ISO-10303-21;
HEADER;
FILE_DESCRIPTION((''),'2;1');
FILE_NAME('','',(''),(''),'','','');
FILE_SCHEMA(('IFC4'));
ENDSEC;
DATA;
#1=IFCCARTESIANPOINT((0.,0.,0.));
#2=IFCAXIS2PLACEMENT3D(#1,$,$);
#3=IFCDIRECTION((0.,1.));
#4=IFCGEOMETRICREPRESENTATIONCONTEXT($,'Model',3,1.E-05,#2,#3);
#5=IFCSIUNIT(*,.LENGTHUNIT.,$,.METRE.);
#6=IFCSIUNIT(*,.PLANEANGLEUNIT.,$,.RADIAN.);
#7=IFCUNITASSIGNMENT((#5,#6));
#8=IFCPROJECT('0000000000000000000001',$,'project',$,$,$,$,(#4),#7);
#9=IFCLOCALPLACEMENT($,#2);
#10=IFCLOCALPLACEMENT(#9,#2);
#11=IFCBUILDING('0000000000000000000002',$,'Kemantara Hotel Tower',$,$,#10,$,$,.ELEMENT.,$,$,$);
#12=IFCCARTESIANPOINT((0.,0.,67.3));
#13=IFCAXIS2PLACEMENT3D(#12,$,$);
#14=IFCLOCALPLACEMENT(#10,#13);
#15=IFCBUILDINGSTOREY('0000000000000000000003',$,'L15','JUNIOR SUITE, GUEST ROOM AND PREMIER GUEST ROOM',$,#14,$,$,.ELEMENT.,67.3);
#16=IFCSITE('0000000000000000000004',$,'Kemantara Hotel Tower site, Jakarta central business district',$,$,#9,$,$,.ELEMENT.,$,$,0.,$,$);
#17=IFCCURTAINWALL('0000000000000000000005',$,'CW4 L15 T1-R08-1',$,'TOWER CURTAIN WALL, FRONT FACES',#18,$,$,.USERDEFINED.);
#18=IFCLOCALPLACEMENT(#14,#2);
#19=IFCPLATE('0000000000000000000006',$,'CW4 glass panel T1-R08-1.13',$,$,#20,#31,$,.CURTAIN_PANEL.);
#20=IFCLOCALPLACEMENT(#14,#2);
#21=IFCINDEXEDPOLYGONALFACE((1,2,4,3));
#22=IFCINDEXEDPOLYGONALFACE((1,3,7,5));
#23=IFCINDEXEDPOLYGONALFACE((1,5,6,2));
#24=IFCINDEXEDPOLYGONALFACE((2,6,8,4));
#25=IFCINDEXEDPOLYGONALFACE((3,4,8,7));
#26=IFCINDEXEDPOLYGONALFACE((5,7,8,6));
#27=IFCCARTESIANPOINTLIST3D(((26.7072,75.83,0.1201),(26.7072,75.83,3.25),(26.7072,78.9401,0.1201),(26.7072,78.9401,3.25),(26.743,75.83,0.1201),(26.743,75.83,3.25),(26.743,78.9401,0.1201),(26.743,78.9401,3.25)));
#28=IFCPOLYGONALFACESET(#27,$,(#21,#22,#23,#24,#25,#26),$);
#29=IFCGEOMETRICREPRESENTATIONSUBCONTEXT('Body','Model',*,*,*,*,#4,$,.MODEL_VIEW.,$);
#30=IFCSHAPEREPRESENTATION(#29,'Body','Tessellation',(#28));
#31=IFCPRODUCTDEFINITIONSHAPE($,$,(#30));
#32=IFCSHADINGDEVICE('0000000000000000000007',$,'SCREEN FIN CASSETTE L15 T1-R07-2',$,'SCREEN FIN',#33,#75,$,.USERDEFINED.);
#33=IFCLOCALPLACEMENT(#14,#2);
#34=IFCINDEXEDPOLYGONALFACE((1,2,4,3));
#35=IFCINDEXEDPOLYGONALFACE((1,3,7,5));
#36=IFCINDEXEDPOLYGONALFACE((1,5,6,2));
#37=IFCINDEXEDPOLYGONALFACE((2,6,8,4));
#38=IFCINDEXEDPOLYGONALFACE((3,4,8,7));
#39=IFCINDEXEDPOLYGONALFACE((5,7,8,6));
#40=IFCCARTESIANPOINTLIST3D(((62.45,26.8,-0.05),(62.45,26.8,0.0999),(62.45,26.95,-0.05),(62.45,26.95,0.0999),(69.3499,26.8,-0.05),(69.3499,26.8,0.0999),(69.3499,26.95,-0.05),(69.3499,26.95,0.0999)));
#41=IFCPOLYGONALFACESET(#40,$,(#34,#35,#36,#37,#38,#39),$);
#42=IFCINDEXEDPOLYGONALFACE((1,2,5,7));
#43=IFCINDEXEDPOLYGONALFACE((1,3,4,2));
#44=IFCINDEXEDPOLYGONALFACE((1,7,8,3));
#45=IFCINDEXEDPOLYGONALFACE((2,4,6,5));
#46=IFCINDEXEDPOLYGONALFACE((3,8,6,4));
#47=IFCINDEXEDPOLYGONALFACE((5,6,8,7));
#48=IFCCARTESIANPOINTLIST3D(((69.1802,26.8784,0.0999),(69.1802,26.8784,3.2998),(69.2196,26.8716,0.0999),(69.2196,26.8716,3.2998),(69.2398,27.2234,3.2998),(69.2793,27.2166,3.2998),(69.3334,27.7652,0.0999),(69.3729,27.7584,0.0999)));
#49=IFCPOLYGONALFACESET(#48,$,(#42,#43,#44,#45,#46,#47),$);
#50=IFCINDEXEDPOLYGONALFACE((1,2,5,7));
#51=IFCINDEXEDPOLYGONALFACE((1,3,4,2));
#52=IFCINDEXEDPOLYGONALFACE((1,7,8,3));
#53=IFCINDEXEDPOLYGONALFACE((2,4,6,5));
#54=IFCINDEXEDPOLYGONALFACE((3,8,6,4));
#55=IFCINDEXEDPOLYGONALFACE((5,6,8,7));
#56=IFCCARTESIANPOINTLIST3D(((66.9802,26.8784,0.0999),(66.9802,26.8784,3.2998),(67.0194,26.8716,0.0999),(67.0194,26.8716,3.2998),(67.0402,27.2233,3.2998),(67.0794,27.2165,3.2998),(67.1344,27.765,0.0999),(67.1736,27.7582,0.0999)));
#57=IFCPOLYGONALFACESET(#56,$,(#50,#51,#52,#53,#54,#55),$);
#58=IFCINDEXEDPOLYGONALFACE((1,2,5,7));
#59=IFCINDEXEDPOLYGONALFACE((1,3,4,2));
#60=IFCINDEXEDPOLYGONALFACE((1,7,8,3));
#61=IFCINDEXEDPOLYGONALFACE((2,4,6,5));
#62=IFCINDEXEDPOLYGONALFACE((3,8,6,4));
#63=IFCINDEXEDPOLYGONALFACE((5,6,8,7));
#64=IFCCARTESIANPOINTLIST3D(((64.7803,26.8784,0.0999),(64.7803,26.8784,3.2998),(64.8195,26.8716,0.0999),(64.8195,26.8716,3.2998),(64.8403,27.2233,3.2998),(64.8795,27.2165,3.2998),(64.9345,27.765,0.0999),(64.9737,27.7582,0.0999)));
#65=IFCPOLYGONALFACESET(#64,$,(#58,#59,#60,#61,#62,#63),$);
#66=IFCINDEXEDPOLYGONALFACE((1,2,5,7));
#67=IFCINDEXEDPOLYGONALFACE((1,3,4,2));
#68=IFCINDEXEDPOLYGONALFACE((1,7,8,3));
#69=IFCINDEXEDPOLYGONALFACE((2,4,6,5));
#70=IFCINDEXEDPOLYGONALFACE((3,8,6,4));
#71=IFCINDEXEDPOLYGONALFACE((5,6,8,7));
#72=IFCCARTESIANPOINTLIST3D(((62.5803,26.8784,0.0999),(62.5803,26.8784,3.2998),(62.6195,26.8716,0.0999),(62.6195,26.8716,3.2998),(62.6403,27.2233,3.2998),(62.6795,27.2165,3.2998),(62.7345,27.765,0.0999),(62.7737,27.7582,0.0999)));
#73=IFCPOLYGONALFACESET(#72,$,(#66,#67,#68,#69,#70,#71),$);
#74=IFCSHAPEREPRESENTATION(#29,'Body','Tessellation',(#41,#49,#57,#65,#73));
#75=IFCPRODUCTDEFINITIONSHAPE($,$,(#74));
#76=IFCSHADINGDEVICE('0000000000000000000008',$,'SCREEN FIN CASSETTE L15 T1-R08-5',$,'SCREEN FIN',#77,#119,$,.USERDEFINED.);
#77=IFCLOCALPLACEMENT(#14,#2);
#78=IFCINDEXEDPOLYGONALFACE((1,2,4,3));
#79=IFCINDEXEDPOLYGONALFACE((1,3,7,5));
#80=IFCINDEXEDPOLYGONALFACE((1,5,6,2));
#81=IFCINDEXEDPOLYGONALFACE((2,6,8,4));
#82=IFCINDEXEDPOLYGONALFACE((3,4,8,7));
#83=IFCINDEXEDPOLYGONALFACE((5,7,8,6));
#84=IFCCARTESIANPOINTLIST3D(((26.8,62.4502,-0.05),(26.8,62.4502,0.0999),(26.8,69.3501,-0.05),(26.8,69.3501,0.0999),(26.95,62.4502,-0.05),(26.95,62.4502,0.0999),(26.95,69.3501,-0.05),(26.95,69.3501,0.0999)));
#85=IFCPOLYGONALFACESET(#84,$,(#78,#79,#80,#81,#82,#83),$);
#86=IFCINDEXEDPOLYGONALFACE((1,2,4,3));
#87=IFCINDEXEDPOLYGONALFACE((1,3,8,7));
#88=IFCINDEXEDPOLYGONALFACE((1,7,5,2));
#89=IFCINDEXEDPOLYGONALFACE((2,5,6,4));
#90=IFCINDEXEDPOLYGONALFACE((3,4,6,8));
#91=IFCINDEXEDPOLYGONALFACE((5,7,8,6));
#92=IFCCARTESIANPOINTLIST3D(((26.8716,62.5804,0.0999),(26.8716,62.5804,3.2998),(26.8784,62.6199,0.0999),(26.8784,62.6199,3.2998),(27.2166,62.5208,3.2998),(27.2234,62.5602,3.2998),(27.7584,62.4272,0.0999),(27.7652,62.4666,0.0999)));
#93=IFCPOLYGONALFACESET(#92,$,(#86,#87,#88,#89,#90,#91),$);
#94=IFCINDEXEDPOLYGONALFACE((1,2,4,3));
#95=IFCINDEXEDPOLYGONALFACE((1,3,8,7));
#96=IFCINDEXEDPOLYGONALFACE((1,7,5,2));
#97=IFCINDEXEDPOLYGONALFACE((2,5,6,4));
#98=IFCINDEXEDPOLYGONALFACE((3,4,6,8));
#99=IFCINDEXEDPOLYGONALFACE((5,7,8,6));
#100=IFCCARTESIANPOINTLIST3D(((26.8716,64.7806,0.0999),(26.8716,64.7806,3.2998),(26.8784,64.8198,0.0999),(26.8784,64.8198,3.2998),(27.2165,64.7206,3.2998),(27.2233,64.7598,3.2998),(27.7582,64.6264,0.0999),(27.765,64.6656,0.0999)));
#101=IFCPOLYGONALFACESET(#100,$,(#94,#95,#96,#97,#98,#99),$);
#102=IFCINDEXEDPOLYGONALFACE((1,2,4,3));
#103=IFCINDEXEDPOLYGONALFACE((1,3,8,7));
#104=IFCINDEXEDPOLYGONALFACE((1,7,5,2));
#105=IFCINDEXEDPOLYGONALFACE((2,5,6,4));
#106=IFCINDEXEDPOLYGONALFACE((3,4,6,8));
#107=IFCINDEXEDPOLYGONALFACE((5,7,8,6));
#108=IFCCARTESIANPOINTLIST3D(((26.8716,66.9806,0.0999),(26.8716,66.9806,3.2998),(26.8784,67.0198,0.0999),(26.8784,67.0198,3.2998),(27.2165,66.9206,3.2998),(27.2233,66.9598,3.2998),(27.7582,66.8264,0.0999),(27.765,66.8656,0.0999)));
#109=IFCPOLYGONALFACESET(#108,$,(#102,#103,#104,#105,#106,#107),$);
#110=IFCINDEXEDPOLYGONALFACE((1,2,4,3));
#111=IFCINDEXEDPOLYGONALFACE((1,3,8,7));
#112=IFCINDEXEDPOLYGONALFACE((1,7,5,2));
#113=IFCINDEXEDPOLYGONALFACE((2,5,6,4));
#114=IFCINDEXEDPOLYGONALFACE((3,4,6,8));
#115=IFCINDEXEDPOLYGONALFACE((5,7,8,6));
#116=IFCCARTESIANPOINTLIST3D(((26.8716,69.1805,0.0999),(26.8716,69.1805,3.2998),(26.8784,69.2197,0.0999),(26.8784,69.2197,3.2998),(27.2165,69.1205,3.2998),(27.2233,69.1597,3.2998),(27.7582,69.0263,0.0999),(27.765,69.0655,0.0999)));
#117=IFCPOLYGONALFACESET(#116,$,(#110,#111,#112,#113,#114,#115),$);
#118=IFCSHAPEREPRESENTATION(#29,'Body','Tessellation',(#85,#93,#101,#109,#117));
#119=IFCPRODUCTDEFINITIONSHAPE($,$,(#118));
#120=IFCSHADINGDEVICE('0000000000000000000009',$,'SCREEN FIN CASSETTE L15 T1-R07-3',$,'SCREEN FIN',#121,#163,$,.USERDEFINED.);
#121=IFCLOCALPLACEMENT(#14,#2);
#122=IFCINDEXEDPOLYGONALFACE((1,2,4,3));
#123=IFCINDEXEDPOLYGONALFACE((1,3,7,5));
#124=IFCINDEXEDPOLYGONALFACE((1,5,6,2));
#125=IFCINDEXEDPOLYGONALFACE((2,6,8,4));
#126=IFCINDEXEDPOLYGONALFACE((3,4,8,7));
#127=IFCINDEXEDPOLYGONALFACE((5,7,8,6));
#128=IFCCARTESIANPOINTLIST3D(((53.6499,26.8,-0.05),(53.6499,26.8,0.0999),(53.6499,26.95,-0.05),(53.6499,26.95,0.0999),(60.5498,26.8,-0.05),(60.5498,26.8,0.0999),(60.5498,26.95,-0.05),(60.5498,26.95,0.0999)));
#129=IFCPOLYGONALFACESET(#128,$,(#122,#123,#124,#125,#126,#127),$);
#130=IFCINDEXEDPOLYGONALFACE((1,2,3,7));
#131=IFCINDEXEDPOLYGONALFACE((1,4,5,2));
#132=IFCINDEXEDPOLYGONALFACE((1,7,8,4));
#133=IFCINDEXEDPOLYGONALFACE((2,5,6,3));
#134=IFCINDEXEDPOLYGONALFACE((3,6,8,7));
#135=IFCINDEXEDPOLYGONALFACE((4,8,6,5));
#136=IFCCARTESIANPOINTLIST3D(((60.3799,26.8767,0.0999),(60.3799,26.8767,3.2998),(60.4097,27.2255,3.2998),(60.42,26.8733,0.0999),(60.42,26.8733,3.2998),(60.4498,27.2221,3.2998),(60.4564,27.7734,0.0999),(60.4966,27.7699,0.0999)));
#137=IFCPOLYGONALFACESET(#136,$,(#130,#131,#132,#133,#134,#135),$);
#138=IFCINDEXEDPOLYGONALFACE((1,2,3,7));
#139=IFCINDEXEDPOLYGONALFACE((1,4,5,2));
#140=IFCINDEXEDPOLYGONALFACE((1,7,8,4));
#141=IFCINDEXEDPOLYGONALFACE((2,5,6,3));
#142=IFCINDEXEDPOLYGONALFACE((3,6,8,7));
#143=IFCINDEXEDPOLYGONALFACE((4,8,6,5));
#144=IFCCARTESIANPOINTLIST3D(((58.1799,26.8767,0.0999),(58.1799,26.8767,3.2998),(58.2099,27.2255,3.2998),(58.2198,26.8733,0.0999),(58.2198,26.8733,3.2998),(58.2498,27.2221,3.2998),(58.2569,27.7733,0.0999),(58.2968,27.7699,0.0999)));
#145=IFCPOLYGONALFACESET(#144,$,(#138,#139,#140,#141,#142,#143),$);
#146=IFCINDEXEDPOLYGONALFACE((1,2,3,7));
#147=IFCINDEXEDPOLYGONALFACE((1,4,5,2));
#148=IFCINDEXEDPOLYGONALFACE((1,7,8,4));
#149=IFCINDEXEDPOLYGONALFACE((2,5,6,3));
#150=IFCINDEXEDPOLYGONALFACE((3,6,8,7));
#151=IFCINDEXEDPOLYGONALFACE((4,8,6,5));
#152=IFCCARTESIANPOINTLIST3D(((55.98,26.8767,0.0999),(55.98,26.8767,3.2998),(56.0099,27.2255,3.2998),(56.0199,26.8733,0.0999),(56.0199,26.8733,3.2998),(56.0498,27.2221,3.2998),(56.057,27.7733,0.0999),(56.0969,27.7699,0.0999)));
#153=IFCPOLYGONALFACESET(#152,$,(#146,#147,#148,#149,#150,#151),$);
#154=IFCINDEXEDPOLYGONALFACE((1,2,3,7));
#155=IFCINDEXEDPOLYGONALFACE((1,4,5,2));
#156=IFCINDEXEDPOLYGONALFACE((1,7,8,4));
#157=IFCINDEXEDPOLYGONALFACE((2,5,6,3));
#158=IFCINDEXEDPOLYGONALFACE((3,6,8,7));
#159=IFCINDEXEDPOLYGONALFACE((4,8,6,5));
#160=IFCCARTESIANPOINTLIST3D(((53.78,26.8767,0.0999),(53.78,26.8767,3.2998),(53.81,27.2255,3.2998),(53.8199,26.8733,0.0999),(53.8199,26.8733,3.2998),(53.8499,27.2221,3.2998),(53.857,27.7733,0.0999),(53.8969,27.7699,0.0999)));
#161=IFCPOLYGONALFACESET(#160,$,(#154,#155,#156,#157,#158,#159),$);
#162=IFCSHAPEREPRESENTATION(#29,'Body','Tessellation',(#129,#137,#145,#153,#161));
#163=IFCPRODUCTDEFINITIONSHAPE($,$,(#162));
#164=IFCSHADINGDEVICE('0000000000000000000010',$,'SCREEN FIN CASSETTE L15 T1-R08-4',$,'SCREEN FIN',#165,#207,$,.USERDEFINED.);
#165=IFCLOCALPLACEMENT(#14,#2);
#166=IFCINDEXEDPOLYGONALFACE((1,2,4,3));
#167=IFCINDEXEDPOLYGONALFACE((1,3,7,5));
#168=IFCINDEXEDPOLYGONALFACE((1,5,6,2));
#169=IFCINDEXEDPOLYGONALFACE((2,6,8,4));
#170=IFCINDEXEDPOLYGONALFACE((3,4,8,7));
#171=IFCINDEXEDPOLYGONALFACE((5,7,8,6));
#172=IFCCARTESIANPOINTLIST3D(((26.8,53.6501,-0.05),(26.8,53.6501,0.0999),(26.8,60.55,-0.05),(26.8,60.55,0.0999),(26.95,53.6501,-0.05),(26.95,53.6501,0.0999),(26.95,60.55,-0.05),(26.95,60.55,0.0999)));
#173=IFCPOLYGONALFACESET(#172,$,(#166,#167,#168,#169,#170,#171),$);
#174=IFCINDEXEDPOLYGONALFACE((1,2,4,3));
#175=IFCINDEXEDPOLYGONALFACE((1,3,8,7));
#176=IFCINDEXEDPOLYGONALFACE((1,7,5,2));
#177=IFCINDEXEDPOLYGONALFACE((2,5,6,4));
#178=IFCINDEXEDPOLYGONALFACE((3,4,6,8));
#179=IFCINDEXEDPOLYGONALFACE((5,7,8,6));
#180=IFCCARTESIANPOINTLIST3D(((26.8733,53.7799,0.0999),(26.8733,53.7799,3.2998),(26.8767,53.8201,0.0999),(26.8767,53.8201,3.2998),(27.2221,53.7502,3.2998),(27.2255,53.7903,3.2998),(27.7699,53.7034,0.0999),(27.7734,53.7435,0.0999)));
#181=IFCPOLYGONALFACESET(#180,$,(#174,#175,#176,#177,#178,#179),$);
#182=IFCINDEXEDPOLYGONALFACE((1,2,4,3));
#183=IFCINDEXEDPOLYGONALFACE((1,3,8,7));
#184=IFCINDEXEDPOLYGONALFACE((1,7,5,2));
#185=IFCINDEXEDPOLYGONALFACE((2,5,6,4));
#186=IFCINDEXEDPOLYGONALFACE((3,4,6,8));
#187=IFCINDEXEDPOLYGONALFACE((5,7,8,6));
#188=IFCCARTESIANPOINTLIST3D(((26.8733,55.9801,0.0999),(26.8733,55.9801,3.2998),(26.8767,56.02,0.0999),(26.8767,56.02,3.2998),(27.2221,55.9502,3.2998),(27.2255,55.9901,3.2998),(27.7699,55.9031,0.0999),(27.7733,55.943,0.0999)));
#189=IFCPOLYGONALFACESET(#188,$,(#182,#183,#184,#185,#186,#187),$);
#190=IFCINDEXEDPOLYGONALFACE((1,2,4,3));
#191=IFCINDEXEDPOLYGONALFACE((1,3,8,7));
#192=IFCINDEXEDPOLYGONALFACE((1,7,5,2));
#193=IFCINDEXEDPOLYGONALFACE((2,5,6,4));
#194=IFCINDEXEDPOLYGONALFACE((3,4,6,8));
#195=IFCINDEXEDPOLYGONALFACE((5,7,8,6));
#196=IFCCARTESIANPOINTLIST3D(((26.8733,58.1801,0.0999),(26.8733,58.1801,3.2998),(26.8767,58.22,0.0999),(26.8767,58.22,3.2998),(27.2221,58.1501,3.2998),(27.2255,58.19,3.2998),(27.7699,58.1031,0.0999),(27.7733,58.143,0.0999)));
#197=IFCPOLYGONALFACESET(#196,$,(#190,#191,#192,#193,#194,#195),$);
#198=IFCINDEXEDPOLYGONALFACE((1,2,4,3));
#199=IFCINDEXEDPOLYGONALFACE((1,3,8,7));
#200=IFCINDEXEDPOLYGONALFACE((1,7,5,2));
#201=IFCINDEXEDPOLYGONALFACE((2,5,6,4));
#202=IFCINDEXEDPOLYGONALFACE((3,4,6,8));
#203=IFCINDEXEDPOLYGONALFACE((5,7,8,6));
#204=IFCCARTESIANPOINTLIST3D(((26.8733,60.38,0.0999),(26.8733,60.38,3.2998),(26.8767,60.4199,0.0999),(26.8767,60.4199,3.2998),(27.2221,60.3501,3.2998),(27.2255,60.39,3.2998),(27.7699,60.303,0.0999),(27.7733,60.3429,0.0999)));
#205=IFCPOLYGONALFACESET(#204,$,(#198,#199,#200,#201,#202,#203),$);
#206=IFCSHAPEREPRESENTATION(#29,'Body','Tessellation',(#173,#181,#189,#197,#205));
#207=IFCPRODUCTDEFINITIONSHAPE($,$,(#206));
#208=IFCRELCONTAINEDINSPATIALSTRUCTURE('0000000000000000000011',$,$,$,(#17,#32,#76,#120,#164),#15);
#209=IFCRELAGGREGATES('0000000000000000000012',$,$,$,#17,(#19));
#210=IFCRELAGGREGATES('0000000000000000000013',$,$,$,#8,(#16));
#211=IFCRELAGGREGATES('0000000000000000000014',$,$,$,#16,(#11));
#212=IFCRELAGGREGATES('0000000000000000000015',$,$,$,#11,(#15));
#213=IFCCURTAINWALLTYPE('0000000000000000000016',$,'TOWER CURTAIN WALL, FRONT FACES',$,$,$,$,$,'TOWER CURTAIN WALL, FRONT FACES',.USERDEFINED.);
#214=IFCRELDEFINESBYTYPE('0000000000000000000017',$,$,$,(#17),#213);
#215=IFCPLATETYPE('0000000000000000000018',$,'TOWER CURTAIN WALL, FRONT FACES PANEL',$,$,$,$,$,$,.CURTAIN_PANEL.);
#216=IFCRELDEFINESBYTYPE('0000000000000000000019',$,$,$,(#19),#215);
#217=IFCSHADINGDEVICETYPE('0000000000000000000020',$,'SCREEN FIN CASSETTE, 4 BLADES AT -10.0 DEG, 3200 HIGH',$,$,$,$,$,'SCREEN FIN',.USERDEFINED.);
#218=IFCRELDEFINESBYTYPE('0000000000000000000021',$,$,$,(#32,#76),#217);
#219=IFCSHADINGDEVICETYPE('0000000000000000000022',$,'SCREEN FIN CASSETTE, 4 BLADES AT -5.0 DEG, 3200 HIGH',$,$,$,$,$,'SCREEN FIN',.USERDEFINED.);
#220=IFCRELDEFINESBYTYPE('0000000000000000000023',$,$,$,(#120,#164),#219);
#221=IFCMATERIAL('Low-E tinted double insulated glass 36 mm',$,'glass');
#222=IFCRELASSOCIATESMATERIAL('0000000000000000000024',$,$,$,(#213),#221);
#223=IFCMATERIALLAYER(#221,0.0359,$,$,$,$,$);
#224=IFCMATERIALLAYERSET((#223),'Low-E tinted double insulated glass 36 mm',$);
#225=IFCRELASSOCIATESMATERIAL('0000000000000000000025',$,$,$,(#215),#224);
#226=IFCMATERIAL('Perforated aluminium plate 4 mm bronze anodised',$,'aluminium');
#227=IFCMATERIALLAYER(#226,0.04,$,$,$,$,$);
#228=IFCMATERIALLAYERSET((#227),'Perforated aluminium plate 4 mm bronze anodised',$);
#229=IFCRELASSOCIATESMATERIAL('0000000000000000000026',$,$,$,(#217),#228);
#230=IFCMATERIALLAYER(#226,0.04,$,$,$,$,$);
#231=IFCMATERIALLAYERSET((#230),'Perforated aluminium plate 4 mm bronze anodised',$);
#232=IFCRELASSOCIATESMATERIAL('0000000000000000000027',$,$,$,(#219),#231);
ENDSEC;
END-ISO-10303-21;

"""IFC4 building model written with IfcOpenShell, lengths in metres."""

from ifc_helpers import new_model, si_unit, direction, frame, origin, origin_2d, place, context, subcontext, project, spatial, polyline, rectangle, outline, extrude, source, transform, mapped, material, layer, layer_set, type_object, element, aggregate, save


model = new_model("IFC4")

# Units and contexts
model_context = context("Model", 3, precision=1e-05, world=origin(), true_north=direction((0.0, 1.0)))
body_context = subcontext(model_context, "Body", "Model", "MODEL_VIEW")
ifc_project = project(units=[si_unit("LENGTHUNIT", "METRE"), si_unit("PLANEANGLEUNIT", "RADIAN")], contexts=[model_context])

# Site, building, storey
site_placement = place(None, origin())
site = spatial("IfcSite", under=ifc_project, at=site_placement, Name="Kemantara Hotel Tower site, Jakarta central business district", CompositionType="ELEMENT", RefElevation=0.0)
building_placement = place(site_placement, origin())
building = spatial("IfcBuilding", under=site, at=building_placement, Name="Kemantara Hotel Tower", CompositionType="ELEMENT")
storey_placement = place(building_placement, frame((0.0, 0.0, 67.3)))
storey = spatial("IfcBuildingStorey", under=building, at=storey_placement, Name="L15", Description="JUNIOR SUITE, GUEST ROOM AND PREMIER GUEST ROOM", CompositionType="ELEMENT", Elevation=67.3)

# Curtain wall
ifc_material_1 = material(Name="Low-E tinted double insulated glass 36 mm", Category="glass")
curtain_wall_type = type_object("IfcCurtainWallType", Name="TOWER CURTAIN WALL, FRONT FACES", ElementType="TOWER CURTAIN WALL, FRONT FACES", PredefinedType="USERDEFINED", material=ifc_material_1)
curtain_wall_1_placement = place(storey_placement, origin())
curtain_wall_1 = element("IfcCurtainWall", 1, at=curtain_wall_1_placement, inside=storey, type_object=curtain_wall_type, Name="CW4 L15 T1-R08-1", ObjectType="TOWER CURTAIN WALL, FRONT FACES", PredefinedType="USERDEFINED")

# Plate
ifc_layer_1 = layer(ifc_material_1, 0.0359)
ifc_layer_set_1 = layer_set([ifc_layer_1], Name="Low-E tinted double insulated glass 36 mm")
plate_type = type_object("IfcPlateType", Name="TOWER CURTAIN WALL, FRONT FACES PANEL", PredefinedType="CURTAIN_PANEL", material=ifc_layer_set_1)
shared_shape_1 = source(origin(), body_context, "Body", "SweptSolid", [
    extrude(rectangle(XDim=3.1101, YDim=0.0359, at=origin_2d()), origin(), (0.0, 0.0, 1.0), 3.1299),
])
plate_1_placement = place(storey_placement, frame((26.7251, 77.385, 0.1201), z_axis=(0.0, 0.0, 1.0), x_axis=(0.0, 1.0, 0.0)))
plate_1 = element("IfcPlate", 2, at=plate_1_placement, type_object=plate_type, Name="CW4 glass panel T1-R08-1.13", PredefinedType="CURTAIN_PANEL", context=body_context, shape_type="MappedRepresentation", body=[
    mapped(shared_shape_1, transform((0.0, 0.0, 0.0))),
])
aggregate(curtain_wall_1, [plate_1])

# Shading devices
ifc_material_2 = material(Name="Perforated aluminium plate 4 mm bronze anodised", Category="aluminium")
ifc_layer_2 = layer(ifc_material_2, 0.04)
ifc_layer_set_2 = layer_set([ifc_layer_2], Name="Perforated aluminium plate 4 mm bronze anodised")
shading_device_type_1 = type_object("IfcShadingDeviceType", Name="SCREEN FIN CASSETTE, 4 BLADES AT -10.0 DEG, 3200 HIGH", ElementType="SCREEN FIN", PredefinedType="USERDEFINED", material=ifc_layer_set_2)
shared_shape_2 = source(origin(), body_context, "Body", "SweptSolid", [
    extrude(rectangle(XDim=6.8999, YDim=0.1499, at=origin_2d()), frame((3.3, -0.075, -0.1499), z_axis=(0.0, 0.0, 1.0), x_axis=(1.0, 0.0, 0.0)), (0.0, 0.0, 1.0), 0.1499),
    extrude(outline(polyline([(0.0, 0.0), (0.8999, 0.0), (0.3501, 3.2), (0.0, 3.2), (0.0, 0.0)])), frame((0.0198, -0.0784, 0.0), z_axis=(-0.98539, 0.170314, 0.0), x_axis=(-0.170314, -0.98539, 0.0)), (0.0, 0.0, 1.0), 0.04),
    extrude(outline(polyline([(0.0, 0.0), (0.8999, 0.0), (0.3501, 3.2), (0.0, 3.2), (0.0, 0.0)])), frame((2.2197, -0.0784, 0.0), z_axis=(-0.985212, 0.171341, 0.0), x_axis=(-0.171341, -0.985212, 0.0)), (0.0, 0.0, 1.0), 0.0398),
    extrude(outline(polyline([(0.0, 0.0), (0.8999, 0.0), (0.3501, 3.2), (0.0, 3.2), (0.0, 0.0)])), frame((4.4197, -0.0784, 0.0), z_axis=(-0.985212, 0.171341, 0.0), x_axis=(-0.171341, -0.985212, 0.0)), (0.0, 0.0, 1.0), 0.0398),
    extrude(outline(polyline([(0.0, 0.0), (0.8999, 0.0), (0.3501, 3.2), (0.0, 3.2), (0.0, 0.0)])), frame((6.6196, -0.0784, 0.0), z_axis=(-0.985212, 0.171341, 0.0), x_axis=(-0.171341, -0.985212, 0.0)), (0.0, 0.0, 1.0), 0.0398),
])
for number, where, z_axis, x_axis, name in (
    (3, (69.2, 26.8, 0.0999), (0.0, 0.0, 1.0), (-1.0, 0.0, 0.0), "SCREEN FIN CASSETTE L15 T1-R07-2"),
    (4, (26.8, 62.6001, 0.0999), (0.0, 0.0, 1.0), (0.0, 1.0, 0.0), "SCREEN FIN CASSETTE L15 T1-R08-5"),
):
    element("IfcShadingDevice", number, at=place(storey_placement, frame(where, z_axis=z_axis, x_axis=x_axis)), inside=storey, type_object=shading_device_type_1, Name=name, ObjectType="SCREEN FIN", PredefinedType="USERDEFINED", context=body_context, shape_type="MappedRepresentation", body=[
        mapped(shared_shape_2, transform((0.0, 0.0, 0.0))),
    ])
ifc_layer_3 = layer(ifc_material_2, 0.04)
ifc_layer_set_3 = layer_set([ifc_layer_3], Name="Perforated aluminium plate 4 mm bronze anodised")
shading_device_type_2 = type_object("IfcShadingDeviceType", Name="SCREEN FIN CASSETTE, 4 BLADES AT -5.0 DEG, 3200 HIGH", ElementType="SCREEN FIN", PredefinedType="USERDEFINED", material=ifc_layer_set_3)
shared_shape_3 = source(origin(), body_context, "Body", "SweptSolid", [
    extrude(rectangle(XDim=6.8999, YDim=0.1499, at=origin_2d()), frame((3.3, -0.075, -0.1499), z_axis=(0.0, 0.0, 1.0), x_axis=(1.0, 0.0, 0.0)), (0.0, 0.0, 1.0), 0.1499),
    extrude(outline(polyline([(0.0, 0.0), (0.8999, 0.0), (0.3501, 3.2), (0.0, 3.2), (0.0, 0.0)])), frame((0.02, -0.0767, 0.0), z_axis=(-0.996376, 0.085056, 0.0), x_axis=(-0.085056, -0.996376, 0.0)), (0.0, 0.0, 1.0), 0.0403),
    extrude(outline(polyline([(0.0, 0.0), (0.8999, 0.0), (0.3501, 3.2), (0.0, 3.2), (0.0, 0.0)])), frame((2.22, -0.0767, 0.0), z_axis=(-0.996332, 0.085575, 0.0), x_axis=(-0.085575, -0.996332, 0.0)), (0.0, 0.0, 1.0), 0.04),
    extrude(outline(polyline([(0.0, 0.0), (0.8999, 0.0), (0.3501, 3.2), (0.0, 3.2), (0.0, 0.0)])), frame((4.4199, -0.0767, 0.0), z_axis=(-0.996332, 0.085575, 0.0), x_axis=(-0.085575, -0.996332, 0.0)), (0.0, 0.0, 1.0), 0.04),
    extrude(outline(polyline([(0.0, 0.0), (0.8999, 0.0), (0.3501, 3.2), (0.0, 3.2), (0.0, 0.0)])), frame((6.6199, -0.0767, 0.0), z_axis=(-0.996332, 0.085575, 0.0), x_axis=(-0.085575, -0.996332, 0.0)), (0.0, 0.0, 1.0), 0.04),
])
for number, where, z_axis, x_axis, name in (
    (5, (60.3999, 26.8, 0.0999), (0.0, 0.0, 1.0), (-1.0, 0.0, 0.0), "SCREEN FIN CASSETTE L15 T1-R07-3"),
    (6, (26.8, 53.8, 0.0999), (0.0, 0.0, 1.0), (0.0, 1.0, 0.0), "SCREEN FIN CASSETTE L15 T1-R08-4"),
):
    element("IfcShadingDevice", number, at=place(storey_placement, frame(where, z_axis=z_axis, x_axis=x_axis)), inside=storey, type_object=shading_device_type_2, Name=name, ObjectType="SCREEN FIN", PredefinedType="USERDEFINED", context=body_context, shape_type="MappedRepresentation", body=[
        mapped(shared_shape_3, transform((0.0, 0.0, 0.0))),
    ])

save(model, "model.ifc")
